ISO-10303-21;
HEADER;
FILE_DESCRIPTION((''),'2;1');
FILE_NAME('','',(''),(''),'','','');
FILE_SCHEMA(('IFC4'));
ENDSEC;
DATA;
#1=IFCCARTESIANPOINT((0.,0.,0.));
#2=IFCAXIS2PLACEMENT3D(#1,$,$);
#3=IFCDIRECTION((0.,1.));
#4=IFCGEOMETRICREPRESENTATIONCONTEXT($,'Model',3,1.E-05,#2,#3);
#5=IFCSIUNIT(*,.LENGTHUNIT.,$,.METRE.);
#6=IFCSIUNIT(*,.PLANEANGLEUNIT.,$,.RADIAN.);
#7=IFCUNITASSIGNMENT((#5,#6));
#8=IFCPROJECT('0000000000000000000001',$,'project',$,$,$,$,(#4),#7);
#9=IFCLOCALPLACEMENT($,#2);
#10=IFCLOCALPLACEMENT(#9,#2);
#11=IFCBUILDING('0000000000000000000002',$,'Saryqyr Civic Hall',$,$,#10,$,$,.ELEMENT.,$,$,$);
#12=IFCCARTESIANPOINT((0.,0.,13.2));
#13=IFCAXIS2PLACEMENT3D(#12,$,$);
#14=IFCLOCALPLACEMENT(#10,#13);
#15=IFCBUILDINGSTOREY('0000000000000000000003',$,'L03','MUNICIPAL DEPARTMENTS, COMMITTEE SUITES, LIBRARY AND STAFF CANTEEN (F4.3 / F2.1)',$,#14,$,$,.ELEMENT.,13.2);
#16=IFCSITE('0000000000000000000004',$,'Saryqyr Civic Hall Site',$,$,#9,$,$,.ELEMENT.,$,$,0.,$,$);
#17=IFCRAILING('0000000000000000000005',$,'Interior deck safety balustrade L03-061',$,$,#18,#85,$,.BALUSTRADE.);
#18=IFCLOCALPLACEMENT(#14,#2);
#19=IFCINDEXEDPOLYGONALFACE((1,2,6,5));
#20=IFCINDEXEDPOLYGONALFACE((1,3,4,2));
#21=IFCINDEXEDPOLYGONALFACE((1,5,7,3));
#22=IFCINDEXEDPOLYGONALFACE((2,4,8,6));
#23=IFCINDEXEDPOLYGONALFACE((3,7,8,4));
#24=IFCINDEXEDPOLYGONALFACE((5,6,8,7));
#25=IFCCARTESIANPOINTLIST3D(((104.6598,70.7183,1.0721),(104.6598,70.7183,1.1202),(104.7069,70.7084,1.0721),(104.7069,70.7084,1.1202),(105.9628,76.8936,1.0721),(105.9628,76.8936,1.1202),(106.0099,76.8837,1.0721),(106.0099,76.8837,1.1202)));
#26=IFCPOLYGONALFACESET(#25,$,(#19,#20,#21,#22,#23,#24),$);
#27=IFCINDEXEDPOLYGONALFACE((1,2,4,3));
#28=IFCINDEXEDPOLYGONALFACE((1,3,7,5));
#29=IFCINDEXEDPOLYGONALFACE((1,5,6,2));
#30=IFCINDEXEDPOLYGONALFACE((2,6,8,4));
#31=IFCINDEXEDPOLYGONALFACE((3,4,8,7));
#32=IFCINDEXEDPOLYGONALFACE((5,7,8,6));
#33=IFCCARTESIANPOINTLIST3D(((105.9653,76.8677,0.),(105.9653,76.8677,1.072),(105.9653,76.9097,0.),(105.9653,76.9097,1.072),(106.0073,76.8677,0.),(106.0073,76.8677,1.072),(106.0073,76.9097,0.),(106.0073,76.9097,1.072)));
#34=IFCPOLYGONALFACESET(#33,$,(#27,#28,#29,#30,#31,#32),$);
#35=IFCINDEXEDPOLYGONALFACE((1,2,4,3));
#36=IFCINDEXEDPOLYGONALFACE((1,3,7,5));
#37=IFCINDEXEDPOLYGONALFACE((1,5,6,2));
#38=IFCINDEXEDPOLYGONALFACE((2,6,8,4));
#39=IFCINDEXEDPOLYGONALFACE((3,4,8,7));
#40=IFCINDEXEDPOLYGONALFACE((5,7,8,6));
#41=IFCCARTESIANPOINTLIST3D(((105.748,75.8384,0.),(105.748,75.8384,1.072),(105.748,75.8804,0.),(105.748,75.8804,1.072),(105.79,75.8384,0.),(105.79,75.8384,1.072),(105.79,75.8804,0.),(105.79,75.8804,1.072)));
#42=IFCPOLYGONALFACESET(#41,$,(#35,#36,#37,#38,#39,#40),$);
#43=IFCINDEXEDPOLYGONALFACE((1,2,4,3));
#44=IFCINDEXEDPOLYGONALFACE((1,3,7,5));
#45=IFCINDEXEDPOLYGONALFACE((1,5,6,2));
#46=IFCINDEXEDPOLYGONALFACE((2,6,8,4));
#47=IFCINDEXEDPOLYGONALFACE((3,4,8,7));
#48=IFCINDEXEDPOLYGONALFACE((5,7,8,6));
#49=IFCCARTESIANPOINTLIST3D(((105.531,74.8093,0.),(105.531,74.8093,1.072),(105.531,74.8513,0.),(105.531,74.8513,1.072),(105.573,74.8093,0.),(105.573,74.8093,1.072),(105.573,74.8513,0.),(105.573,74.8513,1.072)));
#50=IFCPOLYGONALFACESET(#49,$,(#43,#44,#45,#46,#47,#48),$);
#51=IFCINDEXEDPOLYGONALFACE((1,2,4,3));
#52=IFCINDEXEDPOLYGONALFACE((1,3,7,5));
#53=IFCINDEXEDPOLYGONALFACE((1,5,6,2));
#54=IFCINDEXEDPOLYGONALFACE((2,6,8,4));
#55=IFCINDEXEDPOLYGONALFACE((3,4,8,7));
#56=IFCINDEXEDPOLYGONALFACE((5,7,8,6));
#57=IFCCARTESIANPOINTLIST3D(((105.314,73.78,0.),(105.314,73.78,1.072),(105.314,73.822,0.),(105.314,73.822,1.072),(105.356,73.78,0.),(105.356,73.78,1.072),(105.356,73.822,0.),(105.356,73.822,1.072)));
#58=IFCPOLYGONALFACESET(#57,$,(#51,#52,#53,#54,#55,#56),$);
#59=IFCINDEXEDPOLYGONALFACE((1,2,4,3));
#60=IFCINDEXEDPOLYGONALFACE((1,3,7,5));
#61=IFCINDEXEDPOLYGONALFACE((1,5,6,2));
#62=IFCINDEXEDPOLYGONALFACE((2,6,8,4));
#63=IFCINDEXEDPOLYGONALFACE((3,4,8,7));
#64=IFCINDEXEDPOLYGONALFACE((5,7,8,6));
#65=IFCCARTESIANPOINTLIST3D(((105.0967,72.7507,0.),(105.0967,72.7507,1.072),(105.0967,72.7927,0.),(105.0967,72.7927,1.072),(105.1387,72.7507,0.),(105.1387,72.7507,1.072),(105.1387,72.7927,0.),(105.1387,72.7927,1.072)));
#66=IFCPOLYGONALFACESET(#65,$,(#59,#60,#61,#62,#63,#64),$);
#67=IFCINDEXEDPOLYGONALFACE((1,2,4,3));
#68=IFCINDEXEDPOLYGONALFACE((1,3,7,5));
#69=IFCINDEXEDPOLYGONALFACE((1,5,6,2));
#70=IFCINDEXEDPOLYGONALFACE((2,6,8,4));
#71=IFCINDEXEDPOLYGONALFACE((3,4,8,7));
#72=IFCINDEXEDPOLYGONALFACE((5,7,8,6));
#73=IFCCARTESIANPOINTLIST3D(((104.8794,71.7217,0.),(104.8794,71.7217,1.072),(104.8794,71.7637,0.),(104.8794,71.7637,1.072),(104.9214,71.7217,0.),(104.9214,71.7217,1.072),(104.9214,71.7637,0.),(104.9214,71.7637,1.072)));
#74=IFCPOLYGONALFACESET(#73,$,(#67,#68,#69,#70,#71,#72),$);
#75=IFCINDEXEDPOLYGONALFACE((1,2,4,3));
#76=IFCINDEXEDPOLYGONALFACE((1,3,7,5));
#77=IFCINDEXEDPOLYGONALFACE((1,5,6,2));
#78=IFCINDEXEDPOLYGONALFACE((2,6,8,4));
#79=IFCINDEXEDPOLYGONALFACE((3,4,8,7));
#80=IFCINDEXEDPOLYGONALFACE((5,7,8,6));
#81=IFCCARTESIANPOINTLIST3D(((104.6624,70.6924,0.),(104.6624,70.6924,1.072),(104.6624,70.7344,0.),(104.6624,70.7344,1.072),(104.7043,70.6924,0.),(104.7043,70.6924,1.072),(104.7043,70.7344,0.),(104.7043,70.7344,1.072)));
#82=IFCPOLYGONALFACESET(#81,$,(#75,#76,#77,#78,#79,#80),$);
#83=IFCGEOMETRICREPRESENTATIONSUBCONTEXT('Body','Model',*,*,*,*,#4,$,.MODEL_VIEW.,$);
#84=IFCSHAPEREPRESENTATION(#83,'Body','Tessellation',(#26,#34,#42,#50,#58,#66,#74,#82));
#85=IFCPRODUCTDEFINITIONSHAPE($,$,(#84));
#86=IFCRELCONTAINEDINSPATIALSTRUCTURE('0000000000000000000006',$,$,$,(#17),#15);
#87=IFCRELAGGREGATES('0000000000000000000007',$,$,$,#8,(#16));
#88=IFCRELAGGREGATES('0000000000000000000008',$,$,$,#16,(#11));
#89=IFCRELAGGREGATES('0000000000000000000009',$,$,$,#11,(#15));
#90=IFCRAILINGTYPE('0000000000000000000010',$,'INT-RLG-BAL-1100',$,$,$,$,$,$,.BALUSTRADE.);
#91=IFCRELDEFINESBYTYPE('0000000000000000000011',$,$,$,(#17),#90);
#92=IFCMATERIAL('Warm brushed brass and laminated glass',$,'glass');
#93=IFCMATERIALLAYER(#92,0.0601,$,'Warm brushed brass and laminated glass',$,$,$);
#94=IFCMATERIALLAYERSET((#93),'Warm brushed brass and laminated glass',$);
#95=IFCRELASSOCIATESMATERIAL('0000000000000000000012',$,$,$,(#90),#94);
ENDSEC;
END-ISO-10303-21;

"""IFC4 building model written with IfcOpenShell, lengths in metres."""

from ifc_helpers import new_model, si_unit, direction, frame, origin, origin_2d, place, context, subcontext, project, spatial, rectangle, extrude, material, layer, layer_set, type_object, element, save


model = new_model("IFC4")

# Units and contexts
model_context = context("Model", 3, precision=1e-05, world=origin(), true_north=direction((0.0, 1.0)))
body_context = subcontext(model_context, "Body", "Model", "MODEL_VIEW")
ifc_project = project(units=[si_unit("LENGTHUNIT", "METRE"), si_unit("PLANEANGLEUNIT", "RADIAN")], contexts=[model_context])

# Site, building, storey
site_placement = place(None, origin())
site = spatial("IfcSite", under=ifc_project, at=site_placement, Name="Saryqyr Civic Hall Site", CompositionType="ELEMENT", RefElevation=0.0)
building_placement = place(site_placement, origin())
building = spatial("IfcBuilding", under=site, at=building_placement, Name="Saryqyr Civic Hall", CompositionType="ELEMENT")
storey_placement = place(building_placement, frame((0.0, 0.0, 13.2)))
storey = spatial("IfcBuildingStorey", under=building, at=storey_placement, Name="L03", Description="MUNICIPAL DEPARTMENTS, COMMITTEE SUITES, LIBRARY AND STAFF CANTEEN (F4.3 / F2.1)", CompositionType="ELEMENT", Elevation=13.2)

# Railing
ifc_material_1 = material(Name="Warm brushed brass and laminated glass", Category="glass")
ifc_layer_1 = layer(ifc_material_1, 0.0601, Name="Warm brushed brass and laminated glass")
ifc_layer_set_1 = layer_set([ifc_layer_1], Name="Warm brushed brass and laminated glass")
railing_type = type_object("IfcRailingType", Name="INT-RLG-BAL-1100", PredefinedType="BALUSTRADE", material=ifc_layer_set_1)
railing_placement = place(storey_placement, frame((105.9863, 76.8887, 0.0)))
element("IfcRailing", 1, at=railing_placement, inside=storey, type_object=railing_type, Name="Interior deck safety balustrade L03-061", PredefinedType="BALUSTRADE", context=body_context, shape_type="SweptSolid", body=[
    extrude(rectangle(XDim=0.0481, YDim=0.0481, at=origin_2d()), frame((0.0, 0.0, 1.0962), z_axis=(-0.206453, -0.978457, 0.0), x_axis=(0.978457, -0.206453, 0.0)), (0.0, 0.0, 1.0), 6.3113),
    extrude(rectangle(XDim=0.042, YDim=0.042, at=origin_2d()), origin(), (0.0, 0.0, 1.0), 1.072),
    extrude(rectangle(XDim=0.042, YDim=0.042, at=origin_2d()), frame((-0.2173, -1.0293, 0.0)), (0.0, 0.0, 1.0), 1.072),
    extrude(rectangle(XDim=0.042, YDim=0.042, at=origin_2d()), frame((-0.4343, -2.0583, 0.0)), (0.0, 0.0, 1.0), 1.072),
    extrude(rectangle(XDim=0.042, YDim=0.042, at=origin_2d()), frame((-0.6514, -3.0876, 0.0)), (0.0, 0.0, 1.0), 1.072),
    extrude(rectangle(XDim=0.042, YDim=0.042, at=origin_2d()), frame((-0.8687, -4.1169, 0.0)), (0.0, 0.0, 1.0), 1.072),
    extrude(rectangle(XDim=0.042, YDim=0.042, at=origin_2d()), frame((-1.0859, -5.146, 0.0)), (0.0, 0.0, 1.0), 1.072),
    extrude(rectangle(XDim=0.042, YDim=0.042, at=origin_2d()), frame((-1.303, -6.1753, 0.0)), (0.0, 0.0, 1.0), 1.072),
])

save(model, "model.ifc")
